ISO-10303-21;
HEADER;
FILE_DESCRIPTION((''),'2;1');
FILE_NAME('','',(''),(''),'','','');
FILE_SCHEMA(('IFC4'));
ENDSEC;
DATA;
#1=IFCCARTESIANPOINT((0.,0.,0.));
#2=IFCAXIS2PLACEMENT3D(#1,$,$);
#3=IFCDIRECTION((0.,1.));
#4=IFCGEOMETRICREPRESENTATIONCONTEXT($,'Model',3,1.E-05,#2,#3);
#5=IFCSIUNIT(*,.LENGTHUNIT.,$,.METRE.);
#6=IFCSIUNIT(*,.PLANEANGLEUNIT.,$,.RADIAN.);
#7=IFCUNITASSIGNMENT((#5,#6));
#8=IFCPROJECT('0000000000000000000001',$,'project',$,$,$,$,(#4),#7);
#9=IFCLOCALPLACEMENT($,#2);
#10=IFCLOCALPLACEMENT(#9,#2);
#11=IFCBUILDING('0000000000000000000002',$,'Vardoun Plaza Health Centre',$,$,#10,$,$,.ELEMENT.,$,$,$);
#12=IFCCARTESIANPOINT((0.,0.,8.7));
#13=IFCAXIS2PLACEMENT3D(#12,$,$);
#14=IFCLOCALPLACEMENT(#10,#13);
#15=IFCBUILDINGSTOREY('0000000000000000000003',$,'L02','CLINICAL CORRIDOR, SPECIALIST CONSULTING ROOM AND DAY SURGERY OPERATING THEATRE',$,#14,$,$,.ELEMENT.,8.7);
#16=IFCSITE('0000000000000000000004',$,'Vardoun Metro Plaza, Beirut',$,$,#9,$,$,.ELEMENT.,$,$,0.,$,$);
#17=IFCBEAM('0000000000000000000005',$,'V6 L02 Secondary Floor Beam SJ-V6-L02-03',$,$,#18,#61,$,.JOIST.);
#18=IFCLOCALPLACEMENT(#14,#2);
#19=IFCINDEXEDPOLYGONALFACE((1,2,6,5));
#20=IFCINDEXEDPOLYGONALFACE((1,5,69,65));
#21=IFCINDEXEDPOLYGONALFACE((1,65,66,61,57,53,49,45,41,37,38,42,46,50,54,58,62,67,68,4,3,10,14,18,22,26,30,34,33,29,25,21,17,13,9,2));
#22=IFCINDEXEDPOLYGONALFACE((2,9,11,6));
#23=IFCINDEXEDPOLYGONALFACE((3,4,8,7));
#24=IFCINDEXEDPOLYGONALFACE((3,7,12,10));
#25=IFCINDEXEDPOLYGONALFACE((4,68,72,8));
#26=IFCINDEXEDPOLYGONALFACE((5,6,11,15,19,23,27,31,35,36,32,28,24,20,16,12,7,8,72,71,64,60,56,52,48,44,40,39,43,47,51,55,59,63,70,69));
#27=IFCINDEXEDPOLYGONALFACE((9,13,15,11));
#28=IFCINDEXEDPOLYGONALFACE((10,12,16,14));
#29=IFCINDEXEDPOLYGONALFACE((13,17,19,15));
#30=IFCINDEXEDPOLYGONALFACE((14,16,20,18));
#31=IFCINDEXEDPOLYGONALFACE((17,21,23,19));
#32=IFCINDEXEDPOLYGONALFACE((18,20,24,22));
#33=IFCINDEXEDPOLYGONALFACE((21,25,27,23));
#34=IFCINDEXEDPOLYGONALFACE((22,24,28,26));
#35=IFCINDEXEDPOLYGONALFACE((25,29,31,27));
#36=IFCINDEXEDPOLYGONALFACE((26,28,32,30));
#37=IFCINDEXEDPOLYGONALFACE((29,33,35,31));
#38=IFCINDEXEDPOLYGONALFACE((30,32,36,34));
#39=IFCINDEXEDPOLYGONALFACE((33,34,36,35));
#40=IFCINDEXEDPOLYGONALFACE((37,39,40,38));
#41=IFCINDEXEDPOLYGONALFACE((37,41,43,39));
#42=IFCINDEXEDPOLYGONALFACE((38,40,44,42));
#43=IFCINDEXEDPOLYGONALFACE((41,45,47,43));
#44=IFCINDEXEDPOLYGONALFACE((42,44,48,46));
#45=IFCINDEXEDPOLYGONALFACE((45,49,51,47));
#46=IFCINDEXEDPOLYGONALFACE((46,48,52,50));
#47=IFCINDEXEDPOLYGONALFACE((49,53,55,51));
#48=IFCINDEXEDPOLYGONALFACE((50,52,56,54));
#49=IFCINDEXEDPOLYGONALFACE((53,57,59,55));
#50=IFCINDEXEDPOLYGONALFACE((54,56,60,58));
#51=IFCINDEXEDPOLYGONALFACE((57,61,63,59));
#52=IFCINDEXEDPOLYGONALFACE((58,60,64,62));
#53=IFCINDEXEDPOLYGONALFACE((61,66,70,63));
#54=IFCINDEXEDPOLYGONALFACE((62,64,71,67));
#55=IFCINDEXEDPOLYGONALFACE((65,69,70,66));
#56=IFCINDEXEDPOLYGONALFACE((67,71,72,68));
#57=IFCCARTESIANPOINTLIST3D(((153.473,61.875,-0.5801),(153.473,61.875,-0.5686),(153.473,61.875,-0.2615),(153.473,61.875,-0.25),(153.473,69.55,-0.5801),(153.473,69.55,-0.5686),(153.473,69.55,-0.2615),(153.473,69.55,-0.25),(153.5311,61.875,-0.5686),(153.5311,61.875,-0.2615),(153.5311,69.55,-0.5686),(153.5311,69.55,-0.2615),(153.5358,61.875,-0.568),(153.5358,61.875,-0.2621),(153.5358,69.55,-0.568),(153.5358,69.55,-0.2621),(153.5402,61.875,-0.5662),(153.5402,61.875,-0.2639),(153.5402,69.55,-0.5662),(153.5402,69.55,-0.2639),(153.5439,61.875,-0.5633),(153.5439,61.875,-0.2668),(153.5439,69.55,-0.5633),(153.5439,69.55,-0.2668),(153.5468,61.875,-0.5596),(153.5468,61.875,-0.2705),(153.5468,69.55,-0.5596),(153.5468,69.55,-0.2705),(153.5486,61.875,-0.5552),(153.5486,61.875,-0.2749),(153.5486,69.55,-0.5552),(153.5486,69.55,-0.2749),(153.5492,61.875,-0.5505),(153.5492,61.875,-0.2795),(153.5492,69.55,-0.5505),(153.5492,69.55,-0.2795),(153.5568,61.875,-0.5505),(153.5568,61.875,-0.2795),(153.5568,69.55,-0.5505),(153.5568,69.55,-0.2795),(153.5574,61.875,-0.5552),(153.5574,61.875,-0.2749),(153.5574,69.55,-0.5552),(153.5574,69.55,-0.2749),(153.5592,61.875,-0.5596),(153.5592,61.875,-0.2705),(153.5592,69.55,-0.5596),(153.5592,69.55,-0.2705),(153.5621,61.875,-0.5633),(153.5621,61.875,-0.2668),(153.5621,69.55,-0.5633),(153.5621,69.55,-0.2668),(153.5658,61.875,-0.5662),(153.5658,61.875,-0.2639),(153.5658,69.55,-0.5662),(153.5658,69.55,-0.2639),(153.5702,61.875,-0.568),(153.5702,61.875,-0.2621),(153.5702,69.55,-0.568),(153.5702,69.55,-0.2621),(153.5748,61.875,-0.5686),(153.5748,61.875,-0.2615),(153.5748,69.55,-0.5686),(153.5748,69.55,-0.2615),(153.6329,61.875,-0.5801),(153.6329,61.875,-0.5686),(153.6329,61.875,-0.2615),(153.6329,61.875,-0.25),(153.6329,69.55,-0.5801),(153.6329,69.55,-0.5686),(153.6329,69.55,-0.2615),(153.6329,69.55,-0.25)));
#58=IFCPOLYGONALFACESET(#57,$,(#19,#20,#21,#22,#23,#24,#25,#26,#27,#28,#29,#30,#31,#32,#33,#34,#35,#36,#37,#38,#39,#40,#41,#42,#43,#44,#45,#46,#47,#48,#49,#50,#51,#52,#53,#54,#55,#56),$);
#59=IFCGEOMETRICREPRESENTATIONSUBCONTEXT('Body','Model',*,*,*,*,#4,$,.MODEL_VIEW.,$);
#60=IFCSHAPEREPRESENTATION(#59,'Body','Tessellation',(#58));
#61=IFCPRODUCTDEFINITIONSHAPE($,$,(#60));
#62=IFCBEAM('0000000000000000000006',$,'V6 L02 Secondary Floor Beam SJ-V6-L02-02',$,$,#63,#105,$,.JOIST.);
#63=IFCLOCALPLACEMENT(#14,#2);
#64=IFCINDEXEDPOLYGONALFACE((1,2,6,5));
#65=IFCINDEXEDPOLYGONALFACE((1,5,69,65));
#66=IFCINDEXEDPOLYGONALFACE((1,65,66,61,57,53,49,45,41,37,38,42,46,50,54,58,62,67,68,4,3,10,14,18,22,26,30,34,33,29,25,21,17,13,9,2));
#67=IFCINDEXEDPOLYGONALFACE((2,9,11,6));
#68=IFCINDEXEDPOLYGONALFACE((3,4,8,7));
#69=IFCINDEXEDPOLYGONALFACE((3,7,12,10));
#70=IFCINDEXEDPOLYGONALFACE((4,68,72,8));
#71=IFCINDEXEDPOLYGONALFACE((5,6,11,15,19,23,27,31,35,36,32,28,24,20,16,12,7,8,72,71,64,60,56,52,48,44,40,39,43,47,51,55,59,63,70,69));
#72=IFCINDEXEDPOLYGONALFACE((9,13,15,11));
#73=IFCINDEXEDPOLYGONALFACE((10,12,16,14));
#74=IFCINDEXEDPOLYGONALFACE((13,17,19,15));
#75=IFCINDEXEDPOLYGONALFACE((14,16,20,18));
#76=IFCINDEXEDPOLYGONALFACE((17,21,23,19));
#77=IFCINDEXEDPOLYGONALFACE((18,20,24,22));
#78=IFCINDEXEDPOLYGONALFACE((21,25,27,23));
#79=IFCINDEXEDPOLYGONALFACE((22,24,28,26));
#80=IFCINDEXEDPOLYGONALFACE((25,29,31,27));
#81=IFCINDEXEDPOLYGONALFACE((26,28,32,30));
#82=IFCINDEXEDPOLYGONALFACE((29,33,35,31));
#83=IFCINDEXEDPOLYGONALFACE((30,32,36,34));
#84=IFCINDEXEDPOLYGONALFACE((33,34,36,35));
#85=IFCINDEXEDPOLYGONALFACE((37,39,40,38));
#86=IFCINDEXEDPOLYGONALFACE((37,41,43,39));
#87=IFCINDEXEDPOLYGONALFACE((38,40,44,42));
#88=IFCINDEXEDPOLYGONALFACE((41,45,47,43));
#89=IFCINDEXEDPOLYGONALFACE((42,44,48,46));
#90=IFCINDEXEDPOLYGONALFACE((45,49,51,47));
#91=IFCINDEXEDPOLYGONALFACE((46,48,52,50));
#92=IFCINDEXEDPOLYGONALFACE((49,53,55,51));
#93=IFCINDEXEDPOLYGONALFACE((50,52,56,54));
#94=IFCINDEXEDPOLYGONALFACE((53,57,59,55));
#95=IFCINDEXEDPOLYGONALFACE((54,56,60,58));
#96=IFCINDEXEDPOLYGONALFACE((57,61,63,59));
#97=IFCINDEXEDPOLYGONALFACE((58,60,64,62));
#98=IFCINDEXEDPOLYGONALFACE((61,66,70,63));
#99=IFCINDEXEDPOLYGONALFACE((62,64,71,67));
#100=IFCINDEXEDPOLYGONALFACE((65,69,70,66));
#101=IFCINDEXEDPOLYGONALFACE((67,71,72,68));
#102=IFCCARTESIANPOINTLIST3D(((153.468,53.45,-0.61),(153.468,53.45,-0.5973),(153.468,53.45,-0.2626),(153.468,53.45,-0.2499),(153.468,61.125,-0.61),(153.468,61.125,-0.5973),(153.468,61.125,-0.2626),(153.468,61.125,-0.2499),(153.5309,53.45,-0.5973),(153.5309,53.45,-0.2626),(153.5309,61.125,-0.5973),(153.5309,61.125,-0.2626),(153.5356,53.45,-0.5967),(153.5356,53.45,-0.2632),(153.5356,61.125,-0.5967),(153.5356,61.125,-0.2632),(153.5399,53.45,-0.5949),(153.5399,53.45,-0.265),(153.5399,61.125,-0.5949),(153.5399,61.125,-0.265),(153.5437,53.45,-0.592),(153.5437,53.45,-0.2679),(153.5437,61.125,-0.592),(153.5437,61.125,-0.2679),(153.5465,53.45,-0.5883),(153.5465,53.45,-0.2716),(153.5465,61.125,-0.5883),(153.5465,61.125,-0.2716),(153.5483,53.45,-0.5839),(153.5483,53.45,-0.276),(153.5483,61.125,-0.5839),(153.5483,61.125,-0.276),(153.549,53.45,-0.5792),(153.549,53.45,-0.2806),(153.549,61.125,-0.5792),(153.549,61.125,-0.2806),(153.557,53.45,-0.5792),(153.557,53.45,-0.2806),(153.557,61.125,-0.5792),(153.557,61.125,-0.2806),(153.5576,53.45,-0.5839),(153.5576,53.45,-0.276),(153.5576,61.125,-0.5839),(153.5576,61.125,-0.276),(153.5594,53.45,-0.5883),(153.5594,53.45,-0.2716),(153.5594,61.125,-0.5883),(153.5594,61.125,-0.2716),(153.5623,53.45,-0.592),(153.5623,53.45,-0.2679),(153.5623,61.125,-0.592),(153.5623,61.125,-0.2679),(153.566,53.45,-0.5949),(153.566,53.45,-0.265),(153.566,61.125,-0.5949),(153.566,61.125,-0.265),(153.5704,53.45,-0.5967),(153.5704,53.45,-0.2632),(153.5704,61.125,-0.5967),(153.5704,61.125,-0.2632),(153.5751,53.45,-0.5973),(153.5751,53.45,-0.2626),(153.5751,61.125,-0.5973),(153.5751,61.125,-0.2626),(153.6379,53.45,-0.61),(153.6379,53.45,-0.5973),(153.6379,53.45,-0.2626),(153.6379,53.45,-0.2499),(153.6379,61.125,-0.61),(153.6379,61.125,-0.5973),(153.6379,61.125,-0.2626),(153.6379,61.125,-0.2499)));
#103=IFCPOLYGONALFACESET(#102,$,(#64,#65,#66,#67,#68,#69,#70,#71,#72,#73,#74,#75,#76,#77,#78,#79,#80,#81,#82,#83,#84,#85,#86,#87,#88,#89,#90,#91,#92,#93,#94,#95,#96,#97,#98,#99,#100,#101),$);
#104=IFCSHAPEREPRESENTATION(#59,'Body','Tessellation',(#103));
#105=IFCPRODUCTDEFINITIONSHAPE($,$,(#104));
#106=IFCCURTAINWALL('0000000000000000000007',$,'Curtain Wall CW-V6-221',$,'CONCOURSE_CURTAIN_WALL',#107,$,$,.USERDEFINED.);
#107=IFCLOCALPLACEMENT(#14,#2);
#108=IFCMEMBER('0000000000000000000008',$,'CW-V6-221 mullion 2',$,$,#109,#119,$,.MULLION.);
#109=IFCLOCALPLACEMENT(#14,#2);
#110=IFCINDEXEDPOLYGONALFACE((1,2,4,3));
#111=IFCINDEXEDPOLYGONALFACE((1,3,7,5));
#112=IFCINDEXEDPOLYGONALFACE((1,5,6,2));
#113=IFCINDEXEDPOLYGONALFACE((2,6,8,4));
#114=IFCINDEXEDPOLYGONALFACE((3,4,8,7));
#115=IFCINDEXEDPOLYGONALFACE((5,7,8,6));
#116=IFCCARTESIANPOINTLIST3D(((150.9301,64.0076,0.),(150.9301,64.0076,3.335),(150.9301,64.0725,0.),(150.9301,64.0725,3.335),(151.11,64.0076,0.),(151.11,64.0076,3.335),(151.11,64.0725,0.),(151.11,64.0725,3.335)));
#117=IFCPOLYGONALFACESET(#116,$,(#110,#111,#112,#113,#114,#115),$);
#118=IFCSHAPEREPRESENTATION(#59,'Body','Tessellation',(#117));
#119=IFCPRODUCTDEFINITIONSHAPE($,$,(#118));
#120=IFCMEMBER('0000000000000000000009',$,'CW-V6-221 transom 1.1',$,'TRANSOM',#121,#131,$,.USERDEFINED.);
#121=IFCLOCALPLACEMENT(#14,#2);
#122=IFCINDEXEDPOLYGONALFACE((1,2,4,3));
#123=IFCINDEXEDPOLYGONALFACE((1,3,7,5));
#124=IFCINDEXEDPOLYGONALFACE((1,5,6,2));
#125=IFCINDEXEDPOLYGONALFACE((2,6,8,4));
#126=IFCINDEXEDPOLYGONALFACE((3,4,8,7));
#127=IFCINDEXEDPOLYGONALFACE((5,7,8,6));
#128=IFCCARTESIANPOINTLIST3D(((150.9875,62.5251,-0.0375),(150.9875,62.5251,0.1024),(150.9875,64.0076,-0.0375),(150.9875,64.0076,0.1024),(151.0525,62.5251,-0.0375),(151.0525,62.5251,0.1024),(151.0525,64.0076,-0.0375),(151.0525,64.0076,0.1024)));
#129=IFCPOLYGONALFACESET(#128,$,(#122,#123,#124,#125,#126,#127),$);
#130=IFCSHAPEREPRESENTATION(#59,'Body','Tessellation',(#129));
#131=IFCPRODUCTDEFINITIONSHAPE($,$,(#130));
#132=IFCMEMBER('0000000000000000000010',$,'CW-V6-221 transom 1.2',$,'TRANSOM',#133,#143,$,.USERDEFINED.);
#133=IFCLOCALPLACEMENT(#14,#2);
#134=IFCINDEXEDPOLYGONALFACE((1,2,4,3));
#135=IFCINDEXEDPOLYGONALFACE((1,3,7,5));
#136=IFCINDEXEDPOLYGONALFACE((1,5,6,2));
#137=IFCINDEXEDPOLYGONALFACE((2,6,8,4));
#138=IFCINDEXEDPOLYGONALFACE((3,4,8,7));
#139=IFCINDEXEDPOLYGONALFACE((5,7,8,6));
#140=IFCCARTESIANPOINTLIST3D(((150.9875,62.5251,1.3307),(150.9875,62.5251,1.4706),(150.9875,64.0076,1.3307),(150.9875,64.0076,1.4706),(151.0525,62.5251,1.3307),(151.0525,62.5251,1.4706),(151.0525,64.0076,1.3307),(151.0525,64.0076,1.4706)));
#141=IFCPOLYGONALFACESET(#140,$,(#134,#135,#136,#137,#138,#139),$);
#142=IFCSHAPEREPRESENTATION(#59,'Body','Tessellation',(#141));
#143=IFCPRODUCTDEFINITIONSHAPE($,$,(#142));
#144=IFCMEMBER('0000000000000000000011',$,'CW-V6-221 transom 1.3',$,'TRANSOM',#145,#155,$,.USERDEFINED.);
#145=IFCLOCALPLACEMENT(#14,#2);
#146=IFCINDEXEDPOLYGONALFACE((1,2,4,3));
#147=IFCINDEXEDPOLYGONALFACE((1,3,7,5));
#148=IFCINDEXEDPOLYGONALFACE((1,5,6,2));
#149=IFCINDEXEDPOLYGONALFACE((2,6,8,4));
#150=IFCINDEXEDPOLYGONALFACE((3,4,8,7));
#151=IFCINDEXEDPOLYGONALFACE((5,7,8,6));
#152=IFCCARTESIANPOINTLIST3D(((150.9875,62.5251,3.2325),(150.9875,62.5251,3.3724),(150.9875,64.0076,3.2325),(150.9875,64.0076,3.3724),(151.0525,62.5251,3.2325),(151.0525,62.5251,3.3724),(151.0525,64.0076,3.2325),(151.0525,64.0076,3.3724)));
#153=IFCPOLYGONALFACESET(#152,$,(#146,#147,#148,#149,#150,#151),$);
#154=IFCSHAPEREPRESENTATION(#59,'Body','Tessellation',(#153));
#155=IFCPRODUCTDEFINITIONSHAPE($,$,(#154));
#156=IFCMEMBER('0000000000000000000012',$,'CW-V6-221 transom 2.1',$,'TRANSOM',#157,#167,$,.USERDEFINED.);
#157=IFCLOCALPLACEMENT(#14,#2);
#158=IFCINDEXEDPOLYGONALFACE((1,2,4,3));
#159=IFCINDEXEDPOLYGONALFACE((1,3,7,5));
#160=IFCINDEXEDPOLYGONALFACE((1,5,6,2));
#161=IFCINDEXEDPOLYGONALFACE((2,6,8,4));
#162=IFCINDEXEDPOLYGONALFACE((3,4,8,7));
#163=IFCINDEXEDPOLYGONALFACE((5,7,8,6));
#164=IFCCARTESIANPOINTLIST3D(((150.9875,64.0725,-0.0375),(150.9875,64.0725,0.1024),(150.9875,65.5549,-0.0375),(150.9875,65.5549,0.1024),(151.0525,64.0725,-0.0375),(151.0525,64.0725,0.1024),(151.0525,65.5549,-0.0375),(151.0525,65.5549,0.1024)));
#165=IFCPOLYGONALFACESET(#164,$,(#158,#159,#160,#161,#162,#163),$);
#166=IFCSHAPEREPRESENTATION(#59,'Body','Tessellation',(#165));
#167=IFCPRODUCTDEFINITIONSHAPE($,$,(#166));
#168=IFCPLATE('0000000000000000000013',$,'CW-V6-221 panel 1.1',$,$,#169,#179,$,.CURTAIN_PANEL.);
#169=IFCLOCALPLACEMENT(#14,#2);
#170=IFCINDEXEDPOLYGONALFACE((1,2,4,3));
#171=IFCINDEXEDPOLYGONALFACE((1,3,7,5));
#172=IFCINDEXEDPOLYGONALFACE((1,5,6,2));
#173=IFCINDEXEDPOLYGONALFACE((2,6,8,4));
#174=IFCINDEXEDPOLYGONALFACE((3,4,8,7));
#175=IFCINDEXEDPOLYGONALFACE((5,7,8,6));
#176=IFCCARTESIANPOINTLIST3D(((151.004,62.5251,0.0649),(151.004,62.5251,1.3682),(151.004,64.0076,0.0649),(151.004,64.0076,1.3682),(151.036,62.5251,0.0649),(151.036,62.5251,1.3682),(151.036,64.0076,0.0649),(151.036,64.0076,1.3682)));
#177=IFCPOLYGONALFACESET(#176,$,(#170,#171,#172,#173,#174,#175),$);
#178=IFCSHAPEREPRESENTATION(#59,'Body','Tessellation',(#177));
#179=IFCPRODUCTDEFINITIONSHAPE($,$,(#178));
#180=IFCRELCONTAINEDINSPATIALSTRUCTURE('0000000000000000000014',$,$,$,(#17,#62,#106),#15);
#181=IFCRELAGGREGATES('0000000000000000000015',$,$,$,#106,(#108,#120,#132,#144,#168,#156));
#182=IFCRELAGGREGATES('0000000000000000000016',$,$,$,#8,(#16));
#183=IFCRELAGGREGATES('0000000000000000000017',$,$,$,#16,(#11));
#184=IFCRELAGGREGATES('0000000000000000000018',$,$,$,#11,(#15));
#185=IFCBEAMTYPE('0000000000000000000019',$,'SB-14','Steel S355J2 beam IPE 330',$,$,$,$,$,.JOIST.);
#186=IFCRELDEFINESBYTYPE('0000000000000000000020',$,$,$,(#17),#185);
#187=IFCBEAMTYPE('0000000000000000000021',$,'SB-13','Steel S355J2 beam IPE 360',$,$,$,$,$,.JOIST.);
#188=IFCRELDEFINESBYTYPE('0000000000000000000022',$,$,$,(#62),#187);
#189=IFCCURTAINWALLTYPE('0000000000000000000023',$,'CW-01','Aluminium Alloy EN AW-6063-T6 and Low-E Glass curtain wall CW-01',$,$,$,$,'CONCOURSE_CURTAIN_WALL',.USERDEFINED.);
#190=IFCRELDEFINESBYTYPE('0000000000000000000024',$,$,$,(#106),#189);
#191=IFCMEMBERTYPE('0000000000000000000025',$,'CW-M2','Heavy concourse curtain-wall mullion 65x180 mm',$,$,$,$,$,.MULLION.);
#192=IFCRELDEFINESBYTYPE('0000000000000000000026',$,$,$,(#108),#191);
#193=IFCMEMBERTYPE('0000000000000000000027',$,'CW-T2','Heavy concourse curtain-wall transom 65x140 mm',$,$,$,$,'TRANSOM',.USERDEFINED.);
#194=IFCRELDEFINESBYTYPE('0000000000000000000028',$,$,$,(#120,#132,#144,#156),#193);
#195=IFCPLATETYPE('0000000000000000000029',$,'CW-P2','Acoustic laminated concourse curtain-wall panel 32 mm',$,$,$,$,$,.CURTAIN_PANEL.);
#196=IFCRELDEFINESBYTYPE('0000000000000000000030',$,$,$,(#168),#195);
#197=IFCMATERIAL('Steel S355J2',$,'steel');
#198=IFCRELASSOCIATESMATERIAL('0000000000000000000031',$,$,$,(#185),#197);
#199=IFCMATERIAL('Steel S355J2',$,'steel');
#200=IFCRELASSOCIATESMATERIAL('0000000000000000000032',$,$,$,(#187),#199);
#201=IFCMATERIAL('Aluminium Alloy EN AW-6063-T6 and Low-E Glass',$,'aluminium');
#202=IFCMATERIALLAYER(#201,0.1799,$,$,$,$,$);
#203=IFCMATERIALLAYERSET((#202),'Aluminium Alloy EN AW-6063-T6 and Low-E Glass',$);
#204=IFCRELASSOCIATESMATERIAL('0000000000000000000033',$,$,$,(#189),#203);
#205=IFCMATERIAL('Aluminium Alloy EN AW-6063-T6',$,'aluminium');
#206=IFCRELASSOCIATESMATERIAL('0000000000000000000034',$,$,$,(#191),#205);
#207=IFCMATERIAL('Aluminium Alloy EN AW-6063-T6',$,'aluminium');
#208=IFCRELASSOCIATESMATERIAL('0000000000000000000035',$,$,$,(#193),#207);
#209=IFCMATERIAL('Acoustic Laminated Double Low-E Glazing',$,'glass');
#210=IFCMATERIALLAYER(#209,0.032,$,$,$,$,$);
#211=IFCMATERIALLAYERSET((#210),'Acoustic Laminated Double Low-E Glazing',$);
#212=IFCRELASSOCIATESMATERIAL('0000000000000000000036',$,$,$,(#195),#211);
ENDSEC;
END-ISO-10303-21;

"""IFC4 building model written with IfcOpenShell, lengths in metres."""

from ifc_helpers import new_model, si_unit, direction, frame, origin, origin_2d, place, context, subcontext, project, spatial, rectangle, i_section, extrude, material, layer, layer_set, material_profile, profile_set, type_object, element, aggregate, save


model = new_model("IFC4")

# Units and contexts
model_context = context("Model", 3, precision=1e-05, world=origin(), true_north=direction((0.0, 1.0)))
body_context = subcontext(model_context, "Body", "Model", "MODEL_VIEW")
ifc_project = project(units=[si_unit("LENGTHUNIT", "METRE"), si_unit("PLANEANGLEUNIT", "RADIAN")], contexts=[model_context])

# Site, building, storey
site_placement = place(None, origin())
site = spatial("IfcSite", under=ifc_project, at=site_placement, Name="Vardoun Metro Plaza, Beirut", CompositionType="ELEMENT", RefElevation=0.0)
building_placement = place(site_placement, origin())
building = spatial("IfcBuilding", under=site, at=building_placement, Name="Vardoun Plaza Health Centre", CompositionType="ELEMENT")
storey_placement = place(building_placement, frame((0.0, 0.0, 8.7)))
storey = spatial("IfcBuildingStorey", under=building, at=storey_placement, Name="L02", Description="CLINICAL CORRIDOR, SPECIALIST CONSULTING ROOM AND DAY SURGERY OPERATING THEATRE", CompositionType="ELEMENT", Elevation=8.7)

# Beams
ifc_material_1 = material(Name="Steel S355J2", Category="steel")
ifc_material_profile_1 = material_profile(ifc_material_1, i_section(OverallWidth=0.1599, OverallDepth=0.3301, WebThickness=0.0076, FlangeThickness=0.0115, FilletRadius=0.0181, at=origin_2d()), Name="IPE 330")
ifc_profile_set_1 = profile_set([ifc_material_profile_1], Name="Steel S355J2")
beam_type_1 = type_object("IfcBeamType", Name="SB-14", Description="Steel S355J2 beam IPE 330", PredefinedType="JOIST", material=ifc_profile_set_1)
beam_1_placement = place(storey_placement, frame((153.553, 61.875, -0.415), z_axis=(0.0, 1.0, 0.0), x_axis=(-1.0, 0.0, 0.0)))
element("IfcBeam", 1, at=beam_1_placement, inside=storey, type_object=beam_type_1, Name="V6 L02 Secondary Floor Beam SJ-V6-L02-03", PredefinedType="JOIST", context=body_context, shape_type="SweptSolid", body=[
    extrude(i_section(OverallWidth=0.1599, OverallDepth=0.3301, WebThickness=0.0076, FlangeThickness=0.0115, FilletRadius=0.0181, at=origin_2d()), origin(), (0.0, 0.0, 1.0), 7.675),
])
ifc_material_2 = material(Name="Steel S355J2", Category="steel")
ifc_material_profile_2 = material_profile(ifc_material_2, i_section(OverallWidth=0.1699, OverallDepth=0.3601, WebThickness=0.0081, FlangeThickness=0.0127, FilletRadius=0.0181, at=origin_2d()), Name="IPE 360")
ifc_profile_set_2 = profile_set([ifc_material_profile_2], Name="Steel S355J2")
beam_type_2 = type_object("IfcBeamType", Name="SB-13", Description="Steel S355J2 beam IPE 360", PredefinedType="JOIST", material=ifc_profile_set_2)
beam_2_placement = place(storey_placement, frame((153.553, 53.45, -0.4299), z_axis=(0.0, 1.0, 0.0), x_axis=(-1.0, 0.0, 0.0)))
element("IfcBeam", 2, at=beam_2_placement, inside=storey, type_object=beam_type_2, Name="V6 L02 Secondary Floor Beam SJ-V6-L02-02", PredefinedType="JOIST", context=body_context, shape_type="SweptSolid", body=[
    extrude(i_section(OverallWidth=0.1699, OverallDepth=0.3601, WebThickness=0.0081, FlangeThickness=0.0127, FilletRadius=0.0181, at=origin_2d()), origin(), (0.0, 0.0, 1.0), 7.675),
])

# Curtain wall, members, plate
ifc_material_3 = material(Name="Aluminium Alloy EN AW-6063-T6 and Low-E Glass", Category="aluminium")
ifc_layer_1 = layer(ifc_material_3, 0.1799)
ifc_layer_set_1 = layer_set([ifc_layer_1], Name="Aluminium Alloy EN AW-6063-T6 and Low-E Glass")
curtain_wall_type = type_object("IfcCurtainWallType", Name="CW-01", Description="Aluminium Alloy EN AW-6063-T6 and Low-E Glass curtain wall CW-01", ElementType="CONCOURSE_CURTAIN_WALL", PredefinedType="USERDEFINED", material=ifc_layer_set_1)
curtain_wall_placement = place(storey_placement, origin())
curtain_wall = element("IfcCurtainWall", 3, at=curtain_wall_placement, inside=storey, type_object=curtain_wall_type, Name="Curtain Wall CW-V6-221", ObjectType="CONCOURSE_CURTAIN_WALL", PredefinedType="USERDEFINED")
ifc_material_4 = material(Name="Aluminium Alloy EN AW-6063-T6", Category="aluminium")
ifc_material_profile_3 = material_profile(ifc_material_4, rectangle(XDim=0.1799, YDim=0.0649, at=origin_2d()), Name="CWM 65x180")
ifc_profile_set_3 = profile_set([ifc_material_profile_3], Name="Aluminium Alloy EN AW-6063-T6")
member_type_1 = type_object("IfcMemberType", Name="CW-M2", Description="Heavy concourse curtain-wall mullion 65x180 mm", PredefinedType="MULLION", material=ifc_profile_set_3)
member_1_placement = place(storey_placement, frame((151.02, 64.04, 0.0), z_axis=(0.0, 0.0, 1.0), x_axis=(-1.0, 0.0, 0.0)))
member_1 = element("IfcMember", 4, at=member_1_placement, type_object=member_type_1, Name="CW-V6-221 mullion 2", PredefinedType="MULLION", context=body_context, shape_type="SweptSolid", body=[
    extrude(rectangle(XDim=0.1799, YDim=0.0649, at=origin_2d()), origin(), (0.0, 0.0, 1.0), 3.335),
])
ifc_material_5 = material(Name="Aluminium Alloy EN AW-6063-T6", Category="aluminium")
ifc_material_profile_4 = material_profile(ifc_material_5, rectangle(XDim=0.0649, YDim=0.1399, at=origin_2d()), Name="CWT 65x140")
ifc_profile_set_4 = profile_set([ifc_material_profile_4], Name="Aluminium Alloy EN AW-6063-T6")
member_type_2 = type_object("IfcMemberType", Name="CW-T2", Description="Heavy concourse curtain-wall transom 65x140 mm", ElementType="TRANSOM", PredefinedType="USERDEFINED", material=ifc_profile_set_4)
member_2_placement = place(storey_placement, frame((151.02, 62.5251, 0.0325), z_axis=(0.0, 1.0, 0.0), x_axis=(-1.0, 0.0, 0.0)))
member_2 = element("IfcMember", 5, at=member_2_placement, type_object=member_type_2, Name="CW-V6-221 transom 1.1", ObjectType="TRANSOM", PredefinedType="USERDEFINED", context=body_context, shape_type="SweptSolid", body=[
    extrude(rectangle(XDim=0.0649, YDim=0.1399, at=origin_2d()), origin(), (0.0, 0.0, 1.0), 1.4824),
])
member_3_placement = place(storey_placement, frame((151.02, 62.5251, 1.4006), z_axis=(0.0, 1.0, 0.0), x_axis=(-1.0, 0.0, 0.0)))
member_3 = element("IfcMember", 6, at=member_3_placement, type_object=member_type_2, Name="CW-V6-221 transom 1.2", ObjectType="TRANSOM", PredefinedType="USERDEFINED", context=body_context, shape_type="SweptSolid", body=[
    extrude(rectangle(XDim=0.0649, YDim=0.1399, at=origin_2d()), origin(), (0.0, 0.0, 1.0), 1.4824),
])
member_4_placement = place(storey_placement, frame((151.02, 62.5251, 3.3025), z_axis=(0.0, 1.0, 0.0), x_axis=(-1.0, 0.0, 0.0)))
member_4 = element("IfcMember", 7, at=member_4_placement, type_object=member_type_2, Name="CW-V6-221 transom 1.3", ObjectType="TRANSOM", PredefinedType="USERDEFINED", context=body_context, shape_type="SweptSolid", body=[
    extrude(rectangle(XDim=0.0649, YDim=0.1399, at=origin_2d()), origin(), (0.0, 0.0, 1.0), 1.4824),
])
member_5_placement = place(storey_placement, frame((151.02, 64.0725, 0.0325), z_axis=(0.0, 1.0, 0.0), x_axis=(-1.0, 0.0, 0.0)))
member_5 = element("IfcMember", 8, at=member_5_placement, type_object=member_type_2, Name="CW-V6-221 transom 2.1", ObjectType="TRANSOM", PredefinedType="USERDEFINED", context=body_context, shape_type="SweptSolid", body=[
    extrude(rectangle(XDim=0.0649, YDim=0.1399, at=origin_2d()), origin(), (0.0, 0.0, 1.0), 1.4824),
])
ifc_material_6 = material(Name="Acoustic Laminated Double Low-E Glazing", Category="glass")
ifc_layer_2 = layer(ifc_material_6, 0.032)
ifc_layer_set_2 = layer_set([ifc_layer_2], Name="Acoustic Laminated Double Low-E Glazing")
plate_type = type_object("IfcPlateType", Name="CW-P2", Description="Acoustic laminated concourse curtain-wall panel 32 mm", PredefinedType="CURTAIN_PANEL", material=ifc_layer_set_2)
plate_1_placement = place(storey_placement, frame((151.02, 63.2664, 0.0649), z_axis=(0.0, 0.0, 1.0), x_axis=(0.0, 1.0, 0.0)))
plate_1 = element("IfcPlate", 9, at=plate_1_placement, type_object=plate_type, Name="CW-V6-221 panel 1.1", PredefinedType="CURTAIN_PANEL", context=body_context, shape_type="SweptSolid", body=[
    extrude(rectangle(XDim=1.4824, YDim=0.032, at=origin_2d()), origin(), (0.0, 0.0, 1.0), 1.3032),
])
aggregate(curtain_wall, [member_1, member_2, member_3, member_4, plate_1, member_5])

save(model, "model.ifc")
